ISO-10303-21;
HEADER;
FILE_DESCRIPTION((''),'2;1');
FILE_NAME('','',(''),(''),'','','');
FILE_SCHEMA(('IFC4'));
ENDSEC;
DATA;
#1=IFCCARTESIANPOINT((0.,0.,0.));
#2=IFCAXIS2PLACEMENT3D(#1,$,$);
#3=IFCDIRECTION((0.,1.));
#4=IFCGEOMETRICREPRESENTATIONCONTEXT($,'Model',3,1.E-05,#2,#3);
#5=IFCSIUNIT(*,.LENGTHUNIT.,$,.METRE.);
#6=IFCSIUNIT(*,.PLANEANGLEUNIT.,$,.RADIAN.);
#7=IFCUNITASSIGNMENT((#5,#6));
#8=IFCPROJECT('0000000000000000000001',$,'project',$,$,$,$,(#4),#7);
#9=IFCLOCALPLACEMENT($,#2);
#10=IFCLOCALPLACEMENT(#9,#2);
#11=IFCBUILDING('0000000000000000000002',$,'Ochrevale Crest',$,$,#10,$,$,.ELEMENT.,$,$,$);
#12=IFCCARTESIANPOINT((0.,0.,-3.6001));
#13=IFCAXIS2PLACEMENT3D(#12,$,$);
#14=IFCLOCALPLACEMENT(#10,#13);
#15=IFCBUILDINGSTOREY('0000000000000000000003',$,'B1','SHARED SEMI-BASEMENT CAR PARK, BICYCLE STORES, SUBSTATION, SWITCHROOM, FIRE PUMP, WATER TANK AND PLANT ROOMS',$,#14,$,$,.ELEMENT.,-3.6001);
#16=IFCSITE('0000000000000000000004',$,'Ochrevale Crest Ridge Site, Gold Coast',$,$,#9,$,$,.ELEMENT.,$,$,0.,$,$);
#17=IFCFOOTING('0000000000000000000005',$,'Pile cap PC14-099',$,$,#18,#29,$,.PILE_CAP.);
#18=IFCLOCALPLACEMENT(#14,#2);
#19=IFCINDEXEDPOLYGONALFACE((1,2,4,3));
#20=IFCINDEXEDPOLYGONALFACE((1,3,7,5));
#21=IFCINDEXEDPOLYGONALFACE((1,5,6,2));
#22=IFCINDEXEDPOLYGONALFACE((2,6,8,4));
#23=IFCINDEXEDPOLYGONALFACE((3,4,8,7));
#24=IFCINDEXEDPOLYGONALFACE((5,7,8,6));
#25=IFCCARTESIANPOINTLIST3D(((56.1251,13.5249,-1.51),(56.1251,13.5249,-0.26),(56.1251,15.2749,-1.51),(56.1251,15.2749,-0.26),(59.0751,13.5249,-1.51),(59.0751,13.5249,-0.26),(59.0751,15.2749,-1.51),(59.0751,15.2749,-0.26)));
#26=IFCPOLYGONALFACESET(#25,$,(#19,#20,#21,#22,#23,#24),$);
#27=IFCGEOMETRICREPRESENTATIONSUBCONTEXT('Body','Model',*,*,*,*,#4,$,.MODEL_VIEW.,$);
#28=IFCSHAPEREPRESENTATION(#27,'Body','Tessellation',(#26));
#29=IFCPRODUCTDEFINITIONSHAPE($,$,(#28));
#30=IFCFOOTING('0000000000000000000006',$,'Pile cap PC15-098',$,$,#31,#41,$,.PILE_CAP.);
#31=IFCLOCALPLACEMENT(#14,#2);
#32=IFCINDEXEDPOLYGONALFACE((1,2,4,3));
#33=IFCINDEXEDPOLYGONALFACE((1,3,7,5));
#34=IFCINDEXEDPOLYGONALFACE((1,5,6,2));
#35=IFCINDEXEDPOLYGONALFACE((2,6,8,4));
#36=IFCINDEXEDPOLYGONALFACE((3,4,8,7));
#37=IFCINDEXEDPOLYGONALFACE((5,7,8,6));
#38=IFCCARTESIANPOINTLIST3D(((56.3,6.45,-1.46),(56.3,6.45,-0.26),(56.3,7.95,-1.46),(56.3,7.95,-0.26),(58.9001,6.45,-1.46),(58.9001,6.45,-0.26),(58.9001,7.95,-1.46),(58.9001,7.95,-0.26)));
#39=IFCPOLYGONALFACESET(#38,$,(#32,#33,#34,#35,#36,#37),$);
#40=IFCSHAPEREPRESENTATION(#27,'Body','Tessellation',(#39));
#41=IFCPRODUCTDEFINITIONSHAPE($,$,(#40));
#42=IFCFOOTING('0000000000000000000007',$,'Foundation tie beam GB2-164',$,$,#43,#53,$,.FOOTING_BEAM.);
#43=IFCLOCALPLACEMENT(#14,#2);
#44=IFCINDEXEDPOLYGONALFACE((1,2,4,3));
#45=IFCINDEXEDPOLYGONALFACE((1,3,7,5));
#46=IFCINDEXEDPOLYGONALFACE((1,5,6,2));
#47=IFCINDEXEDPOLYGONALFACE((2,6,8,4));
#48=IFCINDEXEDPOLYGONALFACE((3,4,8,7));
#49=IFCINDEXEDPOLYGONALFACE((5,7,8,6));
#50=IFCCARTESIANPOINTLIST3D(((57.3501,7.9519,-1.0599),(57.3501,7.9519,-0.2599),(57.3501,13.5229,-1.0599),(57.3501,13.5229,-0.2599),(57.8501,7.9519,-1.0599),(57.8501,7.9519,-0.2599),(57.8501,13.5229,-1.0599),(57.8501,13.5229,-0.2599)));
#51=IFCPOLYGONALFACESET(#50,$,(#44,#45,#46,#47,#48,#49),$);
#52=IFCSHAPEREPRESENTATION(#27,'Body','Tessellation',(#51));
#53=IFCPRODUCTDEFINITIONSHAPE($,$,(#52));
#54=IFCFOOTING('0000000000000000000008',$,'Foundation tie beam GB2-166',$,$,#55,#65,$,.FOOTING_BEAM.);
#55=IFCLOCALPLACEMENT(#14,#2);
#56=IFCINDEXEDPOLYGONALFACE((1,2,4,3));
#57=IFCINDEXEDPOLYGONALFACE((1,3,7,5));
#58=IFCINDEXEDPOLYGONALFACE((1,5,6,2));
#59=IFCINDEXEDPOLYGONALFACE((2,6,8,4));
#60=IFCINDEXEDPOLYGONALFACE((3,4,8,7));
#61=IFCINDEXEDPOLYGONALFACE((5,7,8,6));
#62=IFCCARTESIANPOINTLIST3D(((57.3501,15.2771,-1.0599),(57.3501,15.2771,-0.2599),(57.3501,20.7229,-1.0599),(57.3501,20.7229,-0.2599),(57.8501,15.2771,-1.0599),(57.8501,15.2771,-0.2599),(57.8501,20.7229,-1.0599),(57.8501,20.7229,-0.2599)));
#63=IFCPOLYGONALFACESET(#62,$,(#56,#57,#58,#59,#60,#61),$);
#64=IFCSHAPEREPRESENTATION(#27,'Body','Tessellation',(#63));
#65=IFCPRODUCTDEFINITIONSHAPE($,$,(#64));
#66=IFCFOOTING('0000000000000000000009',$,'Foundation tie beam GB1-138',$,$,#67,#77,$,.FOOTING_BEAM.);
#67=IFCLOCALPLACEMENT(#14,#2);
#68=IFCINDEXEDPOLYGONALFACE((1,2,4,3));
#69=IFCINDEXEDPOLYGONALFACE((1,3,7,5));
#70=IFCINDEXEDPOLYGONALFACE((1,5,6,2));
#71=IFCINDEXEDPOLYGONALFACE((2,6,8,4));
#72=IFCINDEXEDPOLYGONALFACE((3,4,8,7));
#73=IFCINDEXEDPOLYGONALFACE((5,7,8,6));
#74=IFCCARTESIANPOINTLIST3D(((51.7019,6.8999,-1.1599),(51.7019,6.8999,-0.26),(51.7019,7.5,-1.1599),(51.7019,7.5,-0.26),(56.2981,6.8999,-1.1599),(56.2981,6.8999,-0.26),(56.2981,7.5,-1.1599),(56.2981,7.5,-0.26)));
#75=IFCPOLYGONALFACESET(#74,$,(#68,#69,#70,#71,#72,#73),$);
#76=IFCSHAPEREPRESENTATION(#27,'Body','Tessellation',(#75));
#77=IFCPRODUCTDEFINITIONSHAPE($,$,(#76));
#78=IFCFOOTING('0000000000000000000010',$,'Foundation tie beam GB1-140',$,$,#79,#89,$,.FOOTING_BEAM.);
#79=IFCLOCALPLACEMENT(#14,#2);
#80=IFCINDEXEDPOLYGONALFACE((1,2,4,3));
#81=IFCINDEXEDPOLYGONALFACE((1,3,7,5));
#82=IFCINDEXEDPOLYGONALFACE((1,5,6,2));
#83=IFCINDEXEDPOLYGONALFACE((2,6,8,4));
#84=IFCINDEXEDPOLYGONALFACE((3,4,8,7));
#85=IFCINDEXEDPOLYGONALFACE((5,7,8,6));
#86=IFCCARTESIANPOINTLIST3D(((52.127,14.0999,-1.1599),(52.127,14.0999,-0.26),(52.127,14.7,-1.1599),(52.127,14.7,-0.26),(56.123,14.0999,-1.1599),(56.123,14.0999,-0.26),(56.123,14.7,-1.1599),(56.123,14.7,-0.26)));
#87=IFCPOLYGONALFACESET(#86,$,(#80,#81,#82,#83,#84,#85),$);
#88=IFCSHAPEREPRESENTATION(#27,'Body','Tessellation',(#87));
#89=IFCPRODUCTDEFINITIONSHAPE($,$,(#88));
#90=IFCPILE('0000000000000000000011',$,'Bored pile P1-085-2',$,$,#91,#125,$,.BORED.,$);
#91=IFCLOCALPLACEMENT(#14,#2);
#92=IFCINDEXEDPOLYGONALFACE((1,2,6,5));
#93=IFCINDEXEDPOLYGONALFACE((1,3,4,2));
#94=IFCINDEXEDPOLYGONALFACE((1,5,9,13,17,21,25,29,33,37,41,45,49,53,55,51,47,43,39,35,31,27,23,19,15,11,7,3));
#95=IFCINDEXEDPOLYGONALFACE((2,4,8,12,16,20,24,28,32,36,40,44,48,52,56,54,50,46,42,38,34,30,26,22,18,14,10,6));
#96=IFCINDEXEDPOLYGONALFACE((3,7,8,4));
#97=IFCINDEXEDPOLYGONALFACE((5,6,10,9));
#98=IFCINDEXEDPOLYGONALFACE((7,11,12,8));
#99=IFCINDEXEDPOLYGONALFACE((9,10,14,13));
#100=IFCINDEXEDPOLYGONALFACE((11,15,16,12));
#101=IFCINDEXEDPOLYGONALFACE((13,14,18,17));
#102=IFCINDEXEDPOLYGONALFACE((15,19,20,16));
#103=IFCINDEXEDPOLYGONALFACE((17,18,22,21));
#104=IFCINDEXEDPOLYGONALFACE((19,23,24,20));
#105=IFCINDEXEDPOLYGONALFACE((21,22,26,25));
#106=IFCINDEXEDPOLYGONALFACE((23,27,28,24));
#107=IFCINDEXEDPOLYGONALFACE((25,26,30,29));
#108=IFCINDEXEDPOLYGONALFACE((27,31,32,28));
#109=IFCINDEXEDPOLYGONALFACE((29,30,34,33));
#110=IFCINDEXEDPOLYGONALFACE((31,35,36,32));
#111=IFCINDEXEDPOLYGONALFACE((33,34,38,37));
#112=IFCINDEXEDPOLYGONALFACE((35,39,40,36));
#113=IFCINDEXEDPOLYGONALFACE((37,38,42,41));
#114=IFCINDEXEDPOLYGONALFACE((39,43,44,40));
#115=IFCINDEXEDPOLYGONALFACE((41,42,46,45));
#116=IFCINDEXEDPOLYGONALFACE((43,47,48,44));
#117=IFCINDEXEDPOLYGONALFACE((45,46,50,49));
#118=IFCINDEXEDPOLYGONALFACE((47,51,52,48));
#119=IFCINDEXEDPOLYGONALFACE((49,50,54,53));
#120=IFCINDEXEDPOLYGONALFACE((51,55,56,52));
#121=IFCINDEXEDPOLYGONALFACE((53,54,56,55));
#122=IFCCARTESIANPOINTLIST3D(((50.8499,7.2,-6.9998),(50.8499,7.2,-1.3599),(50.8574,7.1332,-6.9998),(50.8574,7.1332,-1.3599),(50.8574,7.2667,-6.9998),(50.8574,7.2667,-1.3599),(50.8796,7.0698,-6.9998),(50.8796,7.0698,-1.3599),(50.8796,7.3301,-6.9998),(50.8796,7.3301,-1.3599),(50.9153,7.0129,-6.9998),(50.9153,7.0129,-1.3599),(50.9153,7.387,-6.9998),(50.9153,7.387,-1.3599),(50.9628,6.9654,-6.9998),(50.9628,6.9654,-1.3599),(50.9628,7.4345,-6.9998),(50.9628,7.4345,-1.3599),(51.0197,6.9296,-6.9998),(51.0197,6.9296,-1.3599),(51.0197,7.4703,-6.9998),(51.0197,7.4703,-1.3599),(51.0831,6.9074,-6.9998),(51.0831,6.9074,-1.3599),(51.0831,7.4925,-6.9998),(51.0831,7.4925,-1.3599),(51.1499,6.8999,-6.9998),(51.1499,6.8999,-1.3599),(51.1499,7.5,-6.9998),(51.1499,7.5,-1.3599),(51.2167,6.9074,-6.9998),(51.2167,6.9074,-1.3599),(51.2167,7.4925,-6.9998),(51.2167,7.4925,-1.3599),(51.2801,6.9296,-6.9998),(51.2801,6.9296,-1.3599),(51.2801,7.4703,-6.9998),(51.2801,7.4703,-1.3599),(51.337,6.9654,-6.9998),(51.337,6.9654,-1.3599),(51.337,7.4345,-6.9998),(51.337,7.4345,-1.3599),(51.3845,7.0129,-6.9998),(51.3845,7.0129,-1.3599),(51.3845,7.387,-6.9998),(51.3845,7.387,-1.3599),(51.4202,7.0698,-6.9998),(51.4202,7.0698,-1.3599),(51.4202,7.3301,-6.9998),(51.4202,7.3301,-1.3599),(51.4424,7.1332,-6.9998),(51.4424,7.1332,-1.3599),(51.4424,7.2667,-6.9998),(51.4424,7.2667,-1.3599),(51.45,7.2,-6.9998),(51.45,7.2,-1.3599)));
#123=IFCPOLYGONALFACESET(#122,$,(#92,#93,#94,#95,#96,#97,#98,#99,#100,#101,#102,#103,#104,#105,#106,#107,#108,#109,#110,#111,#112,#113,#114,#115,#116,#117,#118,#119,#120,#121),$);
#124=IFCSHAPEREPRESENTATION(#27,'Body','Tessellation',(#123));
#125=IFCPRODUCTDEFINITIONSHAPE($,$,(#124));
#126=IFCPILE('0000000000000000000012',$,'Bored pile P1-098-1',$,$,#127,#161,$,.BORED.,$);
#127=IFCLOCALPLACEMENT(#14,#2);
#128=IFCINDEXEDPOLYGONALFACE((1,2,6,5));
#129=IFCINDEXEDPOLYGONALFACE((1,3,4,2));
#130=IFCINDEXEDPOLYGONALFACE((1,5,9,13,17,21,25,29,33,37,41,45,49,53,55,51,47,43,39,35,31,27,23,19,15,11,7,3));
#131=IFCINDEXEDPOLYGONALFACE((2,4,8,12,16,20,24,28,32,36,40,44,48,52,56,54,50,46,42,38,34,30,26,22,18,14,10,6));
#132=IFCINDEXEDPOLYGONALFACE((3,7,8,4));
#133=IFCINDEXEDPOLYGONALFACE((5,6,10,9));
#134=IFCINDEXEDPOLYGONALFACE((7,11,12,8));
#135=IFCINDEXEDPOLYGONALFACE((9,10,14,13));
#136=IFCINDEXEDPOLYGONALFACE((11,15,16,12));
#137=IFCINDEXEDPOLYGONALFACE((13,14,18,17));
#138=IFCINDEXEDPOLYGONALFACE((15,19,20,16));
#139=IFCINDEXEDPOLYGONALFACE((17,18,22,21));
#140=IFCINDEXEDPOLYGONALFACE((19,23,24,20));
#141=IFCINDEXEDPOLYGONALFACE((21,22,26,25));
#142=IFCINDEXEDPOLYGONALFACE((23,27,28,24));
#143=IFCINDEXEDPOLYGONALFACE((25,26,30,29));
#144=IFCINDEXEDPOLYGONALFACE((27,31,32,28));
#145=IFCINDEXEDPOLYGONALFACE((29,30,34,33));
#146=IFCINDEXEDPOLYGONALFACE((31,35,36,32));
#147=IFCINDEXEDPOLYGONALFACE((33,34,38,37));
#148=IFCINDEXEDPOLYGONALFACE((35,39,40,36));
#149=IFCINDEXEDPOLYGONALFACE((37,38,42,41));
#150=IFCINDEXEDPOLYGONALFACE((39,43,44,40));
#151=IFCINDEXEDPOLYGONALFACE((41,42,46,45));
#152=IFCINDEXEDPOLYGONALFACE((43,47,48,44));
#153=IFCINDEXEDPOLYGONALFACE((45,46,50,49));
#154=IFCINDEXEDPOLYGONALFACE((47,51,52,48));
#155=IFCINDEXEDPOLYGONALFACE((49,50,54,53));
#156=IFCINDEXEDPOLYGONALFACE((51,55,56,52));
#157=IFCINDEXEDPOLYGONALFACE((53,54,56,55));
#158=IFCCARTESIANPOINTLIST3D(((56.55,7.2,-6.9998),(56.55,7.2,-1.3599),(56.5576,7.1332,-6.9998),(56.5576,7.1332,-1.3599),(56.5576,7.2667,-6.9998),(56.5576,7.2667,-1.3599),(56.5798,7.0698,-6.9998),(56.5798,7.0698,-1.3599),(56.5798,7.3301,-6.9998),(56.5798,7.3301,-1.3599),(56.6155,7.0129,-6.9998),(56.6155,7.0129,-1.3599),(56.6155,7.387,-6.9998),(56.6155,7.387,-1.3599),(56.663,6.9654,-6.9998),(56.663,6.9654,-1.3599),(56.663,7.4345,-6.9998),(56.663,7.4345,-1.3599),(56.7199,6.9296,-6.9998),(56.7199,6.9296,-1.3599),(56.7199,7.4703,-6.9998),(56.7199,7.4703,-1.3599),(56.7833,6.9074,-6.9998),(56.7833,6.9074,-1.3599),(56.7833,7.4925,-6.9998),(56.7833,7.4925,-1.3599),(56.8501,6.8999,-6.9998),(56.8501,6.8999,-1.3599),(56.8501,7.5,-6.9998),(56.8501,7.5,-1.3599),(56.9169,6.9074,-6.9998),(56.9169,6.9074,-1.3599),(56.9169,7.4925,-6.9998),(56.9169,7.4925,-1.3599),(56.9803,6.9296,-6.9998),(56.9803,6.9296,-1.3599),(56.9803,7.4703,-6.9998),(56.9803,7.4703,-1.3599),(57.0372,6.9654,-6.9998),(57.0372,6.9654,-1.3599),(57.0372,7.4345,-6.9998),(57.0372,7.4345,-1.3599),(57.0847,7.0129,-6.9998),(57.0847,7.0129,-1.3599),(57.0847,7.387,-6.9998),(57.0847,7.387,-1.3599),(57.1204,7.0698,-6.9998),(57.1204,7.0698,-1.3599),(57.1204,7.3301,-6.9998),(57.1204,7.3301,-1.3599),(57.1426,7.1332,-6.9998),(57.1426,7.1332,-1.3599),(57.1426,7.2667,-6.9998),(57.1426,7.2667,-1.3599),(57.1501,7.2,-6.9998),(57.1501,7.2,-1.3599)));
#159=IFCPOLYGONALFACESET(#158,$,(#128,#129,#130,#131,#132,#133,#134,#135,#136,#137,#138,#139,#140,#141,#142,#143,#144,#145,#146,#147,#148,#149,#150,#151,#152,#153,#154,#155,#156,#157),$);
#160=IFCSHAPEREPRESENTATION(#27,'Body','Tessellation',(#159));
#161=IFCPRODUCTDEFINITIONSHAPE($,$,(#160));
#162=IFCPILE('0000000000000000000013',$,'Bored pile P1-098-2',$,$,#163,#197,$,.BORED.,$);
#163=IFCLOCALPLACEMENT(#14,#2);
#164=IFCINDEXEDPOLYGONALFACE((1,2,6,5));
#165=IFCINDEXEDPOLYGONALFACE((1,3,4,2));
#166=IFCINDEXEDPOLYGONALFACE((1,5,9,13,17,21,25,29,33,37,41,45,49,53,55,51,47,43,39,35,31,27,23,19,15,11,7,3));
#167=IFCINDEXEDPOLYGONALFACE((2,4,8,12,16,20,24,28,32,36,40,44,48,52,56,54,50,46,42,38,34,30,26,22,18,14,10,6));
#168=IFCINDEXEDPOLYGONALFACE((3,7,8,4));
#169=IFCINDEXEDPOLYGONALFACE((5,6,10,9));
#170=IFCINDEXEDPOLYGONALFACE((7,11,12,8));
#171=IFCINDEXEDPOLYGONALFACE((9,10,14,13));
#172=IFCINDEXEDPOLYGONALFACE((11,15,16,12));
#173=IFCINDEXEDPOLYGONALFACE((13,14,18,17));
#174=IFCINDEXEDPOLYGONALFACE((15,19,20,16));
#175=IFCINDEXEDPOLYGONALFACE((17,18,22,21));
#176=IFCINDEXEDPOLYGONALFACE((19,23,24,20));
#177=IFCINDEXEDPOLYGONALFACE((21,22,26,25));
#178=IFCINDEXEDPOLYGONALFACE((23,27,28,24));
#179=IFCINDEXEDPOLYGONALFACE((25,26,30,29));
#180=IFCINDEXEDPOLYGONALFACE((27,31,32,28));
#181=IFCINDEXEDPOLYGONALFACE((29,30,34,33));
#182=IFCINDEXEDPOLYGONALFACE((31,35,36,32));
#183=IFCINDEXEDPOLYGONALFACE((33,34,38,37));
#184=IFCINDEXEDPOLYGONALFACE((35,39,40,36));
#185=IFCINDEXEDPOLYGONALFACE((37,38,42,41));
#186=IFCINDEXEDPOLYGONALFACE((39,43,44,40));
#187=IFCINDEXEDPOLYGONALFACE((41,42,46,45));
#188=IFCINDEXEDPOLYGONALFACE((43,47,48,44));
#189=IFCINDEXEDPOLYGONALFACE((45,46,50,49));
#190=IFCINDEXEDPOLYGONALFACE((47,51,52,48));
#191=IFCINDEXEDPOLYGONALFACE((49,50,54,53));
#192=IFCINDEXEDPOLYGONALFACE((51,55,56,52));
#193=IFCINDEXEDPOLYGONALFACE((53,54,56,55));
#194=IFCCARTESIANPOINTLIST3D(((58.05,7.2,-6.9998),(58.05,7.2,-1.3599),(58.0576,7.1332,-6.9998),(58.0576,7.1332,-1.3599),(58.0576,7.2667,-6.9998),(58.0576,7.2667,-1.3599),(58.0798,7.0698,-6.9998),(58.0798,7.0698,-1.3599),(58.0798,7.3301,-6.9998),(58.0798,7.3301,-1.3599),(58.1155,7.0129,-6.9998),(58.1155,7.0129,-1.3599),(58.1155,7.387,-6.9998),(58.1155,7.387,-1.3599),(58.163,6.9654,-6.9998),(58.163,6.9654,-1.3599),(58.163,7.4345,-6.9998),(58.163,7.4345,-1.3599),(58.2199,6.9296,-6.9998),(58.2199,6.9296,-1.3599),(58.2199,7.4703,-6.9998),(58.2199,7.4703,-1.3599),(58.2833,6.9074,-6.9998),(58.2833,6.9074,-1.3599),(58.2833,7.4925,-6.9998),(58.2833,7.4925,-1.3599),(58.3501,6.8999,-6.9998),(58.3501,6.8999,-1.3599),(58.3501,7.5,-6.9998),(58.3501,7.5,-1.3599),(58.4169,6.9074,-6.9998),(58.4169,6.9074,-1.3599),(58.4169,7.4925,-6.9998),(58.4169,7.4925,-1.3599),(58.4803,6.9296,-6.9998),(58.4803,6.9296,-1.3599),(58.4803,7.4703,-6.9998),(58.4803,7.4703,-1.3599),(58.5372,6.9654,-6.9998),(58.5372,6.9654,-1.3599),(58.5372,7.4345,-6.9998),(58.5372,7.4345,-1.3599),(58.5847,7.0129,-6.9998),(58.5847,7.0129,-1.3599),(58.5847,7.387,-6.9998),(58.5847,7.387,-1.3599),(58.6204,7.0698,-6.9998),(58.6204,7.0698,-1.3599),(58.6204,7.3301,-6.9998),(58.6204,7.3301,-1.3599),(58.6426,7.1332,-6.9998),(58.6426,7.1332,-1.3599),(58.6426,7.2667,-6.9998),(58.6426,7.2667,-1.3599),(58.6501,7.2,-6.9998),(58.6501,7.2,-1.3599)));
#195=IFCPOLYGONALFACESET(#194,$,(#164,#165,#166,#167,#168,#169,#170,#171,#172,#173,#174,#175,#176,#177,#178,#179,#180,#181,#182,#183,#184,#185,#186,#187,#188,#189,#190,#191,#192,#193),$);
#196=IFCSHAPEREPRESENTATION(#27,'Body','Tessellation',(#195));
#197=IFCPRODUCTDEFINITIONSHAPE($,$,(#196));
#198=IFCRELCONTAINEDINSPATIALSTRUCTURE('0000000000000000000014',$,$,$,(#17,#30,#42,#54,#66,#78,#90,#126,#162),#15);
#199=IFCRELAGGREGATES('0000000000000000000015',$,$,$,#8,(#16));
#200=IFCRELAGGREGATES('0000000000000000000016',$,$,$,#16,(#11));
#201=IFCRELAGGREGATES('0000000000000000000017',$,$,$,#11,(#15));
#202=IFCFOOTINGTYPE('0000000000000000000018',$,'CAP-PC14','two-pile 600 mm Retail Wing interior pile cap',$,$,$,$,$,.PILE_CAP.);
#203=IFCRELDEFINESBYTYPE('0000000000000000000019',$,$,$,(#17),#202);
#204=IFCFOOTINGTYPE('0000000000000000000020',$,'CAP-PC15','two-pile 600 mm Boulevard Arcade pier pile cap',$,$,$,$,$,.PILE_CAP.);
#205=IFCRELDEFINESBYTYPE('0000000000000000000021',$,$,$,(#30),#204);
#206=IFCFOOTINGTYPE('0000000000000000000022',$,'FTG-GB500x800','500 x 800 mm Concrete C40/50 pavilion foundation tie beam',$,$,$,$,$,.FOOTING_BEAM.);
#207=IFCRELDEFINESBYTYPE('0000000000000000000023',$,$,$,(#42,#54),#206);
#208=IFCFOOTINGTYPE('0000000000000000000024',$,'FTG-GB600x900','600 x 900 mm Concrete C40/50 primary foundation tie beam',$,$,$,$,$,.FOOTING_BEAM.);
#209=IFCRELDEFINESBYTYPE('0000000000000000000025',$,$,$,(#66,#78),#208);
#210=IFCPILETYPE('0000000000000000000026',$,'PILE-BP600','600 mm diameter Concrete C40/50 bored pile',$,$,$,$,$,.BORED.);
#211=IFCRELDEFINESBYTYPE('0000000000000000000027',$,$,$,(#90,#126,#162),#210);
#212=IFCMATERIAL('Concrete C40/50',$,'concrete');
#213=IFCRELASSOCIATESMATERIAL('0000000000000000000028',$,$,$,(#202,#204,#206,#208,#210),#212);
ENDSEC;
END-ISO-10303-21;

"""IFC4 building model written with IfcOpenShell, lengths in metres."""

from ifc_helpers import new_model, si_unit, direction, frame, origin, origin_2d, place, context, subcontext, project, spatial, rectangle, circle, extrude, material, material_profile, profile_set, type_object, element, save


model = new_model("IFC4")

# Units and contexts
model_context = context("Model", 3, precision=1e-05, world=origin(), true_north=direction((0.0, 1.0)))
body_context = subcontext(model_context, "Body", "Model", "MODEL_VIEW")
ifc_project = project(units=[si_unit("LENGTHUNIT", "METRE"), si_unit("PLANEANGLEUNIT", "RADIAN")], contexts=[model_context])

# Site, building, storey
site_placement = place(None, origin())
site = spatial("IfcSite", under=ifc_project, at=site_placement, Name="Ochrevale Crest Ridge Site, Gold Coast", CompositionType="ELEMENT", RefElevation=0.0)
building_placement = place(site_placement, origin())
building = spatial("IfcBuilding", under=site, at=building_placement, Name="Ochrevale Crest", CompositionType="ELEMENT")
storey_placement = place(building_placement, frame((0.0, 0.0, -3.6001)))
storey = spatial("IfcBuildingStorey", under=building, at=storey_placement, Name="B1", Description="SHARED SEMI-BASEMENT CAR PARK, BICYCLE STORES, SUBSTATION, SWITCHROOM, FIRE PUMP, WATER TANK AND PLANT ROOMS", CompositionType="ELEMENT", Elevation=-3.6001)

# Footings
ifc_material_1 = material(Name="Concrete C40/50", Category="concrete")
footing_type_1 = type_object("IfcFootingType", Name="CAP-PC14", Description="two-pile 600 mm Retail Wing interior pile cap", PredefinedType="PILE_CAP", material=ifc_material_1)
footing_1_placement = place(storey_placement, frame((57.6001, 14.3999, -1.51), z_axis=(0.0, 0.0, 1.0), x_axis=(1.0, 0.0, 0.0)))
element("IfcFooting", 1, at=footing_1_placement, inside=storey, type_object=footing_type_1, Name="Pile cap PC14-099", PredefinedType="PILE_CAP", context=body_context, shape_type="SweptSolid", body=[
    extrude(rectangle(XDim=2.95, YDim=1.75, at=origin_2d()), origin(), (0.0, 0.0, 1.0), 1.25),
])
footing_type_2 = type_object("IfcFootingType", Name="CAP-PC15", Description="two-pile 600 mm Boulevard Arcade pier pile cap", PredefinedType="PILE_CAP", material=ifc_material_1)
footing_2_placement = place(storey_placement, frame((57.6001, 7.2, -1.46), z_axis=(0.0, 0.0, 1.0), x_axis=(1.0, 0.0, 0.0)))
element("IfcFooting", 2, at=footing_2_placement, inside=storey, type_object=footing_type_2, Name="Pile cap PC15-098", PredefinedType="PILE_CAP", context=body_context, shape_type="SweptSolid", body=[
    extrude(rectangle(XDim=2.6001, YDim=1.5, at=origin_2d()), origin(), (0.0, 0.0, 1.0), 1.2),
])
ifc_material_profile_1 = material_profile(ifc_material_1, rectangle(XDim=0.5, YDim=0.8, at=origin_2d()), Name="GB 500x800")
ifc_profile_set_1 = profile_set([ifc_material_profile_1], Name="Concrete C40/50")
footing_type_3 = type_object("IfcFootingType", Name="FTG-GB500x800", Description="500 x 800 mm Concrete C40/50 pavilion foundation tie beam", PredefinedType="FOOTING_BEAM", material=ifc_profile_set_1)
footing_3_placement = place(storey_placement, frame((57.6001, 7.9519, -0.6599), z_axis=(0.0, 1.0, 0.0), x_axis=(-1.0, 0.0, 0.0)))
element("IfcFooting", 3, at=footing_3_placement, inside=storey, type_object=footing_type_3, Name="Foundation tie beam GB2-164", PredefinedType="FOOTING_BEAM", context=body_context, shape_type="SweptSolid", body=[
    extrude(rectangle(XDim=0.5, YDim=0.8, at=origin_2d()), origin(), (0.0, 0.0, 1.0), 5.571),
])
footing_4_placement = place(storey_placement, frame((57.6001, 15.2771, -0.6599), z_axis=(0.0, 1.0, 0.0), x_axis=(-1.0, 0.0, 0.0)))
element("IfcFooting", 4, at=footing_4_placement, inside=storey, type_object=footing_type_3, Name="Foundation tie beam GB2-166", PredefinedType="FOOTING_BEAM", context=body_context, shape_type="SweptSolid", body=[
    extrude(rectangle(XDim=0.5, YDim=0.8, at=origin_2d()), origin(), (0.0, 0.0, 1.0), 5.4458),
])
ifc_material_profile_2 = material_profile(ifc_material_1, rectangle(XDim=0.6001, YDim=0.8999, at=origin_2d()), Name="GB 600x900")
ifc_profile_set_2 = profile_set([ifc_material_profile_2], Name="Concrete C40/50")
footing_type_4 = type_object("IfcFootingType", Name="FTG-GB600x900", Description="600 x 900 mm Concrete C40/50 primary foundation tie beam", PredefinedType="FOOTING_BEAM", material=ifc_profile_set_2)
footing_5_placement = place(storey_placement, frame((51.7019, 7.2, -0.71), z_axis=(1.0, 0.0, 0.0), x_axis=(0.0, 1.0, 0.0)))
element("IfcFooting", 5, at=footing_5_placement, inside=storey, type_object=footing_type_4, Name="Foundation tie beam GB1-138", PredefinedType="FOOTING_BEAM", context=body_context, shape_type="SweptSolid", body=[
    extrude(rectangle(XDim=0.6001, YDim=0.8999, at=origin_2d()), origin(), (0.0, 0.0, 1.0), 4.5962),
])
footing_6_placement = place(storey_placement, frame((52.127, 14.3999, -0.71), z_axis=(1.0, 0.0, 0.0), x_axis=(0.0, 1.0, 0.0)))
element("IfcFooting", 6, at=footing_6_placement, inside=storey, type_object=footing_type_4, Name="Foundation tie beam GB1-140", PredefinedType="FOOTING_BEAM", context=body_context, shape_type="SweptSolid", body=[
    extrude(rectangle(XDim=0.6001, YDim=0.8999, at=origin_2d()), origin(), (0.0, 0.0, 1.0), 3.9961),
])

# Piles
ifc_material_profile_3 = material_profile(ifc_material_1, circle(Radius=0.3, at=origin_2d()), Name="BORED PILE 600")
ifc_profile_set_3 = profile_set([ifc_material_profile_3], Name="Concrete C40/50")
pile_type_1 = type_object("IfcPileType", Name="PILE-BP600", Description="600 mm diameter Concrete C40/50 bored pile", PredefinedType="BORED", material=ifc_profile_set_3)
for number, where, z_axis, x_axis, name in (
    (7, (51.1499, 7.2, -1.3599), (0.0, 0.0, -1.0), (1.0, 0.0, 0.0), "Bored pile P1-085-2"),
    (8, (56.8501, 7.2, -1.3599), (0.0, 0.0, -1.0), (1.0, 0.0, 0.0), "Bored pile P1-098-1"),
    (9, (58.3501, 7.2, -1.3599), (0.0, 0.0, -1.0), (1.0, 0.0, 0.0), "Bored pile P1-098-2"),
):
    element("IfcPile", number, at=place(storey_placement, frame(where, z_axis=z_axis, x_axis=x_axis)), inside=storey, type_object=pile_type_1, Name=name, PredefinedType="BORED", context=body_context, shape_type="SweptSolid", body=[
        extrude(circle(Radius=0.3, at=origin_2d()), origin(), (0.0, 0.0, 1.0), 5.6399),
    ])

save(model, "model.ifc")
